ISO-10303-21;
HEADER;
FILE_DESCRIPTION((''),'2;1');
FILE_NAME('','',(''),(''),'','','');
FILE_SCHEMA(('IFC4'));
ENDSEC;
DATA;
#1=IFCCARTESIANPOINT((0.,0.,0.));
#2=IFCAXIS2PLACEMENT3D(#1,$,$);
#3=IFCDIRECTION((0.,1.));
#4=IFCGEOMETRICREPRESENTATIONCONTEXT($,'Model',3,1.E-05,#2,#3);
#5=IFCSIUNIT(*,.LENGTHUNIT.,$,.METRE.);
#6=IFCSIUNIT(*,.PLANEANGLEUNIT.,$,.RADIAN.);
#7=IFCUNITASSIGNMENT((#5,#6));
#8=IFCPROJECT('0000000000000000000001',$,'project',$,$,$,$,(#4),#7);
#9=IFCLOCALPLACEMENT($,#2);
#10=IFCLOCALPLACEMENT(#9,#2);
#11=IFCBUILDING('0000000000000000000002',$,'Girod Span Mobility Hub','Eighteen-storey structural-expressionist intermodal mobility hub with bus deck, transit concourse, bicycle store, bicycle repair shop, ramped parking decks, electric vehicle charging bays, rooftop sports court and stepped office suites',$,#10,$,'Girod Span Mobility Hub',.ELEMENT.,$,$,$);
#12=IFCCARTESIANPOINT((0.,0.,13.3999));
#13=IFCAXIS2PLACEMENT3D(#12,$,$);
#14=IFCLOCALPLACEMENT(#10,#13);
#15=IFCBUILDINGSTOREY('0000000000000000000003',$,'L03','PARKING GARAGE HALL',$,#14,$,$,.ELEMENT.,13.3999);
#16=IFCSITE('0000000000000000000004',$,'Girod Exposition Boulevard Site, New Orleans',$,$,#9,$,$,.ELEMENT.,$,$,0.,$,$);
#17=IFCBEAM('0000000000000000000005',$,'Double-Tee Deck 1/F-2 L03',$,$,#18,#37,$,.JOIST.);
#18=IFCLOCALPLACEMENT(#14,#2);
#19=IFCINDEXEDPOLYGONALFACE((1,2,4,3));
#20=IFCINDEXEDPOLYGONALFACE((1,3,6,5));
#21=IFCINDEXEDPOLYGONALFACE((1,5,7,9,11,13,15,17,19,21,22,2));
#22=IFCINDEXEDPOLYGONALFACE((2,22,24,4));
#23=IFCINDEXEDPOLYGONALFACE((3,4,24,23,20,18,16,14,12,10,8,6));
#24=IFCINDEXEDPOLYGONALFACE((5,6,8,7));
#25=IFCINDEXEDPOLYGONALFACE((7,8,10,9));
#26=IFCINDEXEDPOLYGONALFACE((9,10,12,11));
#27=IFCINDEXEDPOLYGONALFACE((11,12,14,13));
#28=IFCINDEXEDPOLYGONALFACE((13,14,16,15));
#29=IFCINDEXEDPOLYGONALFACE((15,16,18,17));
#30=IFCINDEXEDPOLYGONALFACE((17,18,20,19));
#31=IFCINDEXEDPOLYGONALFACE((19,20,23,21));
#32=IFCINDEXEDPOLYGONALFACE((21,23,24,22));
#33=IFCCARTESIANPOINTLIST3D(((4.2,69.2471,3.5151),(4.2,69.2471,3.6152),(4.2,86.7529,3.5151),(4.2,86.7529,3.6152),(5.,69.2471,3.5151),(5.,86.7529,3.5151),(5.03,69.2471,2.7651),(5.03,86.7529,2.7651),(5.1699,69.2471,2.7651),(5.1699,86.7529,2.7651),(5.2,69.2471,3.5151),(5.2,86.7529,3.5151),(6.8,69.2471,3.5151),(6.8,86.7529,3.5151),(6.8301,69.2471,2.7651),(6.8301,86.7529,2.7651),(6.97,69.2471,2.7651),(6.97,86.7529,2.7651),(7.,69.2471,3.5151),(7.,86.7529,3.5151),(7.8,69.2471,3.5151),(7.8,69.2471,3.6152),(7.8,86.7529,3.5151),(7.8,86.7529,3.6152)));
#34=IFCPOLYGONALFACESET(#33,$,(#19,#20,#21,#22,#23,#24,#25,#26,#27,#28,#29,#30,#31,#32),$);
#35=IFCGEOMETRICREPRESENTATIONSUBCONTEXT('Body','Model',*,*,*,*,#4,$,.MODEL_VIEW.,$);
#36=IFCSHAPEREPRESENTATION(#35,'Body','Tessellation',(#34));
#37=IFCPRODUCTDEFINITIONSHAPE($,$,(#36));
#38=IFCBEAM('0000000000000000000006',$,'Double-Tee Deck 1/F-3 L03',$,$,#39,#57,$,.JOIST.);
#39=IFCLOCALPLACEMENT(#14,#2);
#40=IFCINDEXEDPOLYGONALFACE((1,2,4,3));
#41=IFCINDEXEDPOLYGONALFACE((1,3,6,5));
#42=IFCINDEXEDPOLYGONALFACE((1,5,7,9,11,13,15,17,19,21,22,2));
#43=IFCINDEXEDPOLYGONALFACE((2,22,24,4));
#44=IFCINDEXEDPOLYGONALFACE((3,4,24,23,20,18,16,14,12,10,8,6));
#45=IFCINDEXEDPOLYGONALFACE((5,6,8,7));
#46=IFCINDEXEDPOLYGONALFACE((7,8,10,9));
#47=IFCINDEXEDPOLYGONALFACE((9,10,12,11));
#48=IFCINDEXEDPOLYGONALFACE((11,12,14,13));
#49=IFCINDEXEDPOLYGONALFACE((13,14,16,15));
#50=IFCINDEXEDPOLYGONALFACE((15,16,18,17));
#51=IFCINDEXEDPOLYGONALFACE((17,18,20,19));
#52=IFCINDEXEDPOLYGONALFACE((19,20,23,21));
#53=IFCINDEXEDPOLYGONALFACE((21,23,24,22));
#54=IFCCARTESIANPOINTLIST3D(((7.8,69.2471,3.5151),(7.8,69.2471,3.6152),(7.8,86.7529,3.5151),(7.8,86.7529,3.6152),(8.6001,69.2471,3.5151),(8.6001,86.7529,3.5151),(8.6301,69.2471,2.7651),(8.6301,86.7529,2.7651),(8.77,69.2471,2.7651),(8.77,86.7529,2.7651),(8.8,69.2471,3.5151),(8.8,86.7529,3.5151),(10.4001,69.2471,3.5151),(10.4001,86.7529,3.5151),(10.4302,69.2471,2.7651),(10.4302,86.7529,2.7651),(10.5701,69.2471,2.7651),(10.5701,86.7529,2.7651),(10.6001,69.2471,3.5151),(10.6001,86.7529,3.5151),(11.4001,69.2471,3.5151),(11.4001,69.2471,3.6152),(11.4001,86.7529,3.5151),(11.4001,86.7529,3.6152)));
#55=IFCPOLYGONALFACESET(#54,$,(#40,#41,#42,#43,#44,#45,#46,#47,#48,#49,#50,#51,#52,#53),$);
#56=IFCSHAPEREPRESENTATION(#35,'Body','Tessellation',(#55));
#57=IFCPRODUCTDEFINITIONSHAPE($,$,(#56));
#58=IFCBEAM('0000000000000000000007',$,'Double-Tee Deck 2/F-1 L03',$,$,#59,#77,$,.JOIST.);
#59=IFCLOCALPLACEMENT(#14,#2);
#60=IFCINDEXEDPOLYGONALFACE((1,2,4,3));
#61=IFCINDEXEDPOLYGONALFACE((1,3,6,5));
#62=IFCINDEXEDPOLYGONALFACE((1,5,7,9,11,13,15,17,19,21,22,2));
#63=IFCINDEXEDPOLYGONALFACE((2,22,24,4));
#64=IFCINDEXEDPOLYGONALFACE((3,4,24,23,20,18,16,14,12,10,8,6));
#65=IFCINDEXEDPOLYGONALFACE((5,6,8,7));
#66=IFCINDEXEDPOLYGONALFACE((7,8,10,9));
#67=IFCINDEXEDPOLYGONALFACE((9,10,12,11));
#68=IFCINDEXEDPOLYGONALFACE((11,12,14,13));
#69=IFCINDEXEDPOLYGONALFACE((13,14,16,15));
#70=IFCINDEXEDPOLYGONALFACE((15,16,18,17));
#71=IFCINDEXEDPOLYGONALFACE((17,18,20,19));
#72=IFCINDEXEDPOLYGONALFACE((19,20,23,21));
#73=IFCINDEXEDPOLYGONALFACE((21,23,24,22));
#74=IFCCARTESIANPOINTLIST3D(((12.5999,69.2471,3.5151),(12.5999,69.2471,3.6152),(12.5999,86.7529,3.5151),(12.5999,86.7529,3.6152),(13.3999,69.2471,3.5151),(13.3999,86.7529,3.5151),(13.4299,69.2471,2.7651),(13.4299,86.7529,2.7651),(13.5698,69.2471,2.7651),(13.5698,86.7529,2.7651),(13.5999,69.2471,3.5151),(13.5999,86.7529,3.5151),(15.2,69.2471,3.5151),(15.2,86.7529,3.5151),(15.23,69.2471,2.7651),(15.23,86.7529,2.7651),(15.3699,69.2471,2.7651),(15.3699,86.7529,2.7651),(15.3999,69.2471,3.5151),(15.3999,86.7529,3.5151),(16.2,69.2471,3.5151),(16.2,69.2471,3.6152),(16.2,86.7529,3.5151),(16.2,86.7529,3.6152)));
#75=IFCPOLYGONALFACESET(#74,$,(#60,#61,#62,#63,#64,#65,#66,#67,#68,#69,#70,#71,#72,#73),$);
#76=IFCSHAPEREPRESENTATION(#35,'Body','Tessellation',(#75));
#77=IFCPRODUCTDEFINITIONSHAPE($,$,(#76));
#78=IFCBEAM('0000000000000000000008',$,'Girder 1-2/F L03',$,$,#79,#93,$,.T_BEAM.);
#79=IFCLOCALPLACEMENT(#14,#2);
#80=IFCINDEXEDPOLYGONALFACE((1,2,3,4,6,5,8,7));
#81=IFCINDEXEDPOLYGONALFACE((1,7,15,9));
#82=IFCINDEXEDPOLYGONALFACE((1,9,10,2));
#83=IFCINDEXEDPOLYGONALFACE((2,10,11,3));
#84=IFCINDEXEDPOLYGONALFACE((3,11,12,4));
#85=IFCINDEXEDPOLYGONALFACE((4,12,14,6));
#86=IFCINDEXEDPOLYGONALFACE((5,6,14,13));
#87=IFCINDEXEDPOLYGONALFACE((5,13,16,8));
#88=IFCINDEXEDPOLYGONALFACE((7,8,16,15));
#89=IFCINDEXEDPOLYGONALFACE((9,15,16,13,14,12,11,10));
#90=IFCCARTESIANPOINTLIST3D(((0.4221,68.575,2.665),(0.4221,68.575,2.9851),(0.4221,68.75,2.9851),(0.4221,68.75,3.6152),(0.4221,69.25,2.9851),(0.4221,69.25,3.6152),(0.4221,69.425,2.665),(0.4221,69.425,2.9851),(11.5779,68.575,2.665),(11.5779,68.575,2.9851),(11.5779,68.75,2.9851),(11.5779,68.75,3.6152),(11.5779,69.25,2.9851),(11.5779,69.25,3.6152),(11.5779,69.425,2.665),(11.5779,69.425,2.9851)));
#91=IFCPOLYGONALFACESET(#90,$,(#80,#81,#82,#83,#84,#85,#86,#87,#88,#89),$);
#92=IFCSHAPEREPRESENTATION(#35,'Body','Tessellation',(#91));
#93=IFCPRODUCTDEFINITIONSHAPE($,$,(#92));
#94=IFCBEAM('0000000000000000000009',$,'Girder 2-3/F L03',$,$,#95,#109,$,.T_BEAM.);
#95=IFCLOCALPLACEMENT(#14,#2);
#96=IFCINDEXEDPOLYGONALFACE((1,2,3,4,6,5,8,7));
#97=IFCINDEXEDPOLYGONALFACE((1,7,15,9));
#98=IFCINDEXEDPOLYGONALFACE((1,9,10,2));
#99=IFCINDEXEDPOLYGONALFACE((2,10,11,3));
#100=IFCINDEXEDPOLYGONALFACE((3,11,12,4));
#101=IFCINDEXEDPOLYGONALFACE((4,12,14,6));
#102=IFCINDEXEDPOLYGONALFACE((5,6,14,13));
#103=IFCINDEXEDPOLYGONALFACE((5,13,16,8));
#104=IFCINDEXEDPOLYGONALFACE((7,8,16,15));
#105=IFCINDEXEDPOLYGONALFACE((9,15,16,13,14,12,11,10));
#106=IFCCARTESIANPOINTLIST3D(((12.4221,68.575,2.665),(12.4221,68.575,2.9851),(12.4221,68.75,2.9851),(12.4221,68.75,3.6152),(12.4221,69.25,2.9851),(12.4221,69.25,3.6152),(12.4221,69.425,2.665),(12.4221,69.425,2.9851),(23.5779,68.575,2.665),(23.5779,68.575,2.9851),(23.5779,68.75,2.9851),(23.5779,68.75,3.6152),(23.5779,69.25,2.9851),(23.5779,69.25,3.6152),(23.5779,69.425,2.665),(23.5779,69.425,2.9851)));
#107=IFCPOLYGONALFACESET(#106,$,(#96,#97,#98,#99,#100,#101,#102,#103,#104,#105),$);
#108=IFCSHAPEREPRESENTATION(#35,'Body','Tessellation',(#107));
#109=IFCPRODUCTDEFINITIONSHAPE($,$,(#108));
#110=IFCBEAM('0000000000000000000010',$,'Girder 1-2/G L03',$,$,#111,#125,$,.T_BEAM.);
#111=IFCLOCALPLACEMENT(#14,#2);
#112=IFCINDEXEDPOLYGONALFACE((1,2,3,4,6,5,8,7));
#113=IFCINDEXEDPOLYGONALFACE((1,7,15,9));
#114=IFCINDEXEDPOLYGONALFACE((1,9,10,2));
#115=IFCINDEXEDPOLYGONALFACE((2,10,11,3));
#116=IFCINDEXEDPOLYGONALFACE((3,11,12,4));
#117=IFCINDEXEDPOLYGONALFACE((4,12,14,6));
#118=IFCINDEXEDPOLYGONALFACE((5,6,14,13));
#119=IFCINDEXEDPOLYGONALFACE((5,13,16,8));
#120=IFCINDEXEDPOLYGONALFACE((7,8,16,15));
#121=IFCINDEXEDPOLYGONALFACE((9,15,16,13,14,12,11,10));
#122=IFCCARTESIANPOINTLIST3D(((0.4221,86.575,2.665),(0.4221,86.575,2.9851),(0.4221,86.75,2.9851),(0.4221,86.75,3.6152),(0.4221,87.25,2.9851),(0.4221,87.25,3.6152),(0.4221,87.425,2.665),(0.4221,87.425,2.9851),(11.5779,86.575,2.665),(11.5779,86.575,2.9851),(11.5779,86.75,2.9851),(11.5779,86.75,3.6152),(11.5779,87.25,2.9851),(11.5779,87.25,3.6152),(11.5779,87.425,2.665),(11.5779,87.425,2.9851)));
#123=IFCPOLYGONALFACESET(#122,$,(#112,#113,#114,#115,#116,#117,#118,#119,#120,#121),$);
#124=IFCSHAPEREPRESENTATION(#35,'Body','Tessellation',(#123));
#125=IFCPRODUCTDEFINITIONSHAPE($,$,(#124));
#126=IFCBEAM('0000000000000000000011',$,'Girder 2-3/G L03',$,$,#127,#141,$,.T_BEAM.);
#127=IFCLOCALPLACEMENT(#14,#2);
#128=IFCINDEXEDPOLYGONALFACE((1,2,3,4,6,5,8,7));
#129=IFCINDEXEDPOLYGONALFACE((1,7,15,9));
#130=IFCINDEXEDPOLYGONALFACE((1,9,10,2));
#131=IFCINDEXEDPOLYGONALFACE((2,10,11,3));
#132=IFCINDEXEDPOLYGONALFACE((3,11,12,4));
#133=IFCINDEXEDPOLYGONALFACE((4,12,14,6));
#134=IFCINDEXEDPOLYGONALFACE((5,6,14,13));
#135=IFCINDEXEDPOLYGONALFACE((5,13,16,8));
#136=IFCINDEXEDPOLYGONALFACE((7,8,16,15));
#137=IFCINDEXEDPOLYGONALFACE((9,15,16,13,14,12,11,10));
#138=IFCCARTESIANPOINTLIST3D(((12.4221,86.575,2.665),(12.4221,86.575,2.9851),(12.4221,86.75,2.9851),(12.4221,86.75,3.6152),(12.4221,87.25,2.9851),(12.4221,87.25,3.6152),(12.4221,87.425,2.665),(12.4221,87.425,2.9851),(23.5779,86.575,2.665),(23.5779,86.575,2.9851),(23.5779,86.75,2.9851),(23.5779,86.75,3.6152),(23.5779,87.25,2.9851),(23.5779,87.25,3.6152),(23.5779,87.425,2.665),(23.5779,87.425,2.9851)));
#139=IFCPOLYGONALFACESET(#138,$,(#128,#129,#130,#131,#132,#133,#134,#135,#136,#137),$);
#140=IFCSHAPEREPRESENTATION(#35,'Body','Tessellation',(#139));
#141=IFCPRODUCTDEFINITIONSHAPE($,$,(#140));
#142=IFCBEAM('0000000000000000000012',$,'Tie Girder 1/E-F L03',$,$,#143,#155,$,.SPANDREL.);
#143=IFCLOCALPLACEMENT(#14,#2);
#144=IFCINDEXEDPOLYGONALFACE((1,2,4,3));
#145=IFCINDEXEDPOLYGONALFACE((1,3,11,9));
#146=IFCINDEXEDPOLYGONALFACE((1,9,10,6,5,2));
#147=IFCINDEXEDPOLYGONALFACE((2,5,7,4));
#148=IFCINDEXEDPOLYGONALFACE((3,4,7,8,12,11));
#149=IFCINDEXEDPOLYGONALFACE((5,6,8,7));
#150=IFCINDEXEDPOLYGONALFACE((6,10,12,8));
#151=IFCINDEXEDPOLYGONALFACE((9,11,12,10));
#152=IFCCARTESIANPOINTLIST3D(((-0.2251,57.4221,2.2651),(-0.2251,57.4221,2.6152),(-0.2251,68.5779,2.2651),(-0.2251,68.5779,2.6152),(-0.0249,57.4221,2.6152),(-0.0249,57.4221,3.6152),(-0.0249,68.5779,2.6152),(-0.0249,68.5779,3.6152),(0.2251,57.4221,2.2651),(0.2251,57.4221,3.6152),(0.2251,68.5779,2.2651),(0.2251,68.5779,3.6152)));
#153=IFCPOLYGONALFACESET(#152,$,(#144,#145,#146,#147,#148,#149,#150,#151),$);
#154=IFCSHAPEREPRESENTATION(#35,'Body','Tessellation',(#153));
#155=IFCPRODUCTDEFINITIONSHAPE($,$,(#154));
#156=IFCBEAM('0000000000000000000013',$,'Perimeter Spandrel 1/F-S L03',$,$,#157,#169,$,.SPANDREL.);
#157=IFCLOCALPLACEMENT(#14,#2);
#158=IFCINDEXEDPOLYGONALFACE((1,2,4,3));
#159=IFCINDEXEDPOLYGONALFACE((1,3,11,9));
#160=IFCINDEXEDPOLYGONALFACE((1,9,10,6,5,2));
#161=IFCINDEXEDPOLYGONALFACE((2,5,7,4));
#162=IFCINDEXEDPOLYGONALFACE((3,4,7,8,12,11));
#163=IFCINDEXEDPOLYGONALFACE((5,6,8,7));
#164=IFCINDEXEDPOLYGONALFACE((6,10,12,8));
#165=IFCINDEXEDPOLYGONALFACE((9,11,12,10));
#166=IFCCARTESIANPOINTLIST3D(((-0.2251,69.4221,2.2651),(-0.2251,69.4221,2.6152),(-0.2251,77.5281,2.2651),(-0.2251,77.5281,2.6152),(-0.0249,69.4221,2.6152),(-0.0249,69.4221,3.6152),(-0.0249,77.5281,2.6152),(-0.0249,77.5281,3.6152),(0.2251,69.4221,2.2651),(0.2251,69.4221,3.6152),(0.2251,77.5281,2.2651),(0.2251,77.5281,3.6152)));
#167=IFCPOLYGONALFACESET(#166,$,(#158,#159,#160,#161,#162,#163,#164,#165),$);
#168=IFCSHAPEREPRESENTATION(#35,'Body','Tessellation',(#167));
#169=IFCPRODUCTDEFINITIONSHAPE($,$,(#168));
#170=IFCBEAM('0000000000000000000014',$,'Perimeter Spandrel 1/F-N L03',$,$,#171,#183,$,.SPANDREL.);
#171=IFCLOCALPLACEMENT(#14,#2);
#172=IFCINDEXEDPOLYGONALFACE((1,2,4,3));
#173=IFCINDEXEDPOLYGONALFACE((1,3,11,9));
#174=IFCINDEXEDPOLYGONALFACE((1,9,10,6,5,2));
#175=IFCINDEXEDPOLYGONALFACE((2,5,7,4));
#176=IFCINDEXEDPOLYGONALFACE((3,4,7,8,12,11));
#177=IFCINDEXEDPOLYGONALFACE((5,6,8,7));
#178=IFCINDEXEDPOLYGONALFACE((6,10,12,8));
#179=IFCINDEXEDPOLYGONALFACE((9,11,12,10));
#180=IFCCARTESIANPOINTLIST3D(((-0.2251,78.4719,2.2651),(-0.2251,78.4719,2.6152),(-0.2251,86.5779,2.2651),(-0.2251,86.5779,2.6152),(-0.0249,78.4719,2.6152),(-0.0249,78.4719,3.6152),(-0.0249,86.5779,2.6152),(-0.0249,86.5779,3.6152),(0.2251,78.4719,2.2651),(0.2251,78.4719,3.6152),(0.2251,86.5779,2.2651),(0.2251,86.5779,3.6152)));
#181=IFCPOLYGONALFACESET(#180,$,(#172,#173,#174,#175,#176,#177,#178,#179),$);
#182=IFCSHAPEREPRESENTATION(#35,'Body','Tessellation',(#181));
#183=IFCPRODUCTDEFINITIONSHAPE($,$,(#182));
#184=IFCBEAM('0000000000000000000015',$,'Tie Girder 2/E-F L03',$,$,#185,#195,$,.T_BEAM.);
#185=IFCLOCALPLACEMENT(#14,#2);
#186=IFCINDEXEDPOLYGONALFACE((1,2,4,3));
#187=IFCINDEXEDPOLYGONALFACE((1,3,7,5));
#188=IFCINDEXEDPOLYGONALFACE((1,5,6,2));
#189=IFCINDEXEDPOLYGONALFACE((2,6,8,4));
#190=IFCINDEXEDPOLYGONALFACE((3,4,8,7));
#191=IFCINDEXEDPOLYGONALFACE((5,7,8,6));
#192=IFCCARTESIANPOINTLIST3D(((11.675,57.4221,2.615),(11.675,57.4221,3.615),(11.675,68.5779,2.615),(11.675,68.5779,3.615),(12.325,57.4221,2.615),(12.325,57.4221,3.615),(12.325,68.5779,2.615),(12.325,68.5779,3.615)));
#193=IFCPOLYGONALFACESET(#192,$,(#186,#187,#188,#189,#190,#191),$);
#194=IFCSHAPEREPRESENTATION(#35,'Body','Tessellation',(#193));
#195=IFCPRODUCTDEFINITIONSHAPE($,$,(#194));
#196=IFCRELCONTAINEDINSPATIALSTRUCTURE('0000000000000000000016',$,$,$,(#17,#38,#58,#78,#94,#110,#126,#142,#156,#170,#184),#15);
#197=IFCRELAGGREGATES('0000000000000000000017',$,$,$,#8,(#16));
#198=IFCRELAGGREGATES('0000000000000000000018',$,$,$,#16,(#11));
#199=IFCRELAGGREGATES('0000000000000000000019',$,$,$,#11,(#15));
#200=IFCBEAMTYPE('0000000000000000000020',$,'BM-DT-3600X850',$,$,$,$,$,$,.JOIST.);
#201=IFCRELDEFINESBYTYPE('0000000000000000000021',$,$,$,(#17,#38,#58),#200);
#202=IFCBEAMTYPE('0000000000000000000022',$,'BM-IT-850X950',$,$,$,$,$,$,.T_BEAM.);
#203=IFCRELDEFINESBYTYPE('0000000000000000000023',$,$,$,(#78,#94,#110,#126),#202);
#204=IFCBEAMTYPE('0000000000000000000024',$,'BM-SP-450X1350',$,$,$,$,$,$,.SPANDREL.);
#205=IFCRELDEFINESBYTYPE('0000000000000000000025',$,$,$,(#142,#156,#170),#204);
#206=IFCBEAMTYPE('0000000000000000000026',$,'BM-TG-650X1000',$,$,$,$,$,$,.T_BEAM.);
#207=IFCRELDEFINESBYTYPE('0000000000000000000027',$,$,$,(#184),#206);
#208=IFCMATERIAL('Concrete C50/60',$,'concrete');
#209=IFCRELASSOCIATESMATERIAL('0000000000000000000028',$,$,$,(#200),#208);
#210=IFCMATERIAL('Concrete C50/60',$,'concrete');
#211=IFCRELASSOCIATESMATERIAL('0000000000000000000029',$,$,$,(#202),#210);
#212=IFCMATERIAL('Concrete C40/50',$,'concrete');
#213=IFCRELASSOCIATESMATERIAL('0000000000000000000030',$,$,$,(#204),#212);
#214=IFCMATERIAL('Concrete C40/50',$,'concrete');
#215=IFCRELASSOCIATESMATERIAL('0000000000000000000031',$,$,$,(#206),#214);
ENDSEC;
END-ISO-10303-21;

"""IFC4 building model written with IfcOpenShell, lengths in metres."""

from ifc_helpers import new_model, si_unit, direction, frame, origin, origin_2d, place, context, subcontext, project, spatial, polyline, rectangle, outline, extrude, material, material_profile, profile_set, type_object, element, save


model = new_model("IFC4")

# Units and contexts
model_context = context("Model", 3, precision=1e-05, world=origin(), true_north=direction((0.0, 1.0)))
body_context = subcontext(model_context, "Body", "Model", "MODEL_VIEW")
ifc_project = project(units=[si_unit("LENGTHUNIT", "METRE"), si_unit("PLANEANGLEUNIT", "RADIAN")], contexts=[model_context])

# Site, building, storey
site_placement = place(None, origin())
site = spatial("IfcSite", under=ifc_project, at=site_placement, Name="Girod Exposition Boulevard Site, New Orleans", CompositionType="ELEMENT", RefElevation=0.0)
building_placement = place(site_placement, origin())
building = spatial("IfcBuilding", under=site, at=building_placement, Name="Girod Span Mobility Hub", Description="Eighteen-storey structural-expressionist intermodal mobility hub with bus deck, transit concourse, bicycle store, bicycle repair shop, ramped parking decks, electric vehicle charging bays, rooftop sports court and stepped office suites", LongName="Girod Span Mobility Hub", CompositionType="ELEMENT")
storey_placement = place(building_placement, frame((0.0, 0.0, 13.3999)))
storey = spatial("IfcBuildingStorey", under=building, at=storey_placement, Name="L03", Description="PARKING GARAGE HALL", CompositionType="ELEMENT", Elevation=13.3999)

# Beams
ifc_material_1 = material(Name="Concrete C50/60", Category="concrete")
ifc_material_profile_1 = material_profile(ifc_material_1, outline(polyline([(-1.8, 0.425), (-1.8, 0.325), (-1.0, 0.325), (-0.97, -0.425), (-0.8301, -0.425), (-0.8, 0.325), (0.8, 0.325), (0.8301, -0.425), (0.97, -0.425), (1.0, 0.325), (1.8, 0.325), (1.8, 0.425), (-1.8, 0.425)])), Name="DT-3600X850")
ifc_profile_set_1 = profile_set([ifc_material_profile_1], Name="Concrete C50/60")
beam_type_1 = type_object("IfcBeamType", Name="BM-DT-3600X850", PredefinedType="JOIST", material=ifc_profile_set_1)
for number, where, z_axis, x_axis, name in (
    (1, (6.0, 69.2471, 3.1902), (0.0, 1.0, 0.0), (-1.0, 0.0, 0.0), "Double-Tee Deck 1/F-2 L03"),
    (2, (9.6001, 69.2471, 3.1902), (0.0, 1.0, 0.0), (-1.0, 0.0, 0.0), "Double-Tee Deck 1/F-3 L03"),
    (3, (14.3999, 69.2471, 3.1902), (0.0, 1.0, 0.0), (-1.0, 0.0, 0.0), "Double-Tee Deck 2/F-1 L03"),
):
    element("IfcBeam", number, at=place(storey_placement, frame(where, z_axis=z_axis, x_axis=x_axis)), inside=storey, type_object=beam_type_1, Name=name, PredefinedType="JOIST", context=body_context, shape_type="SweptSolid", body=[
        extrude(outline(polyline([(-1.8, 0.425), (-1.8, 0.325), (-1.0, 0.325), (-0.97, -0.425), (-0.8301, -0.425), (-0.8, 0.325), (0.8, 0.325), (0.8301, -0.425), (0.97, -0.425), (1.0, 0.325), (1.8, 0.325), (1.8, 0.425), (-1.8, 0.425)])), origin(), (0.0, 0.0, 1.0), 17.5059),
    ])
ifc_material_2 = material(Name="Concrete C50/60", Category="concrete")
ifc_material_profile_2 = material_profile(ifc_material_2, outline(polyline([(-0.425, -0.4751), (0.425, -0.4751), (0.425, -0.155), (0.25, -0.155), (0.25, 0.4751), (-0.25, 0.4751), (-0.25, -0.155), (-0.425, -0.155), (-0.425, -0.4751)])), Name="IT-850X950")
ifc_profile_set_2 = profile_set([ifc_material_profile_2], Name="Concrete C50/60")
beam_type_2 = type_object("IfcBeamType", Name="BM-IT-850X950", PredefinedType="T_BEAM", material=ifc_profile_set_2)
for number, where, z_axis, x_axis, name in (
    (4, (0.4221, 69.0, 3.1401), (1.0, 0.0, 0.0), (0.0, 1.0, 0.0), "Girder 1-2/F L03"),
    (5, (12.4221, 69.0, 3.1401), (1.0, 0.0, 0.0), (0.0, 1.0, 0.0), "Girder 2-3/F L03"),
    (6, (0.4221, 87.0, 3.1401), (1.0, 0.0, 0.0), (0.0, 1.0, 0.0), "Girder 1-2/G L03"),
    (7, (12.4221, 87.0, 3.1401), (1.0, 0.0, 0.0), (0.0, 1.0, 0.0), "Girder 2-3/G L03"),
):
    element("IfcBeam", number, at=place(storey_placement, frame(where, z_axis=z_axis, x_axis=x_axis)), inside=storey, type_object=beam_type_2, Name=name, PredefinedType="T_BEAM", context=body_context, shape_type="SweptSolid", body=[
        extrude(outline(polyline([(-0.425, -0.4751), (0.425, -0.4751), (0.425, -0.155), (0.25, -0.155), (0.25, 0.4751), (-0.25, 0.4751), (-0.25, -0.155), (-0.425, -0.155), (-0.425, -0.4751)])), origin(), (0.0, 0.0, 1.0), 11.1558),
    ])
ifc_material_3 = material(Name="Concrete C40/50", Category="concrete")
ifc_material_profile_3 = material_profile(ifc_material_3, outline(polyline([(-0.2251, -0.675), (0.2251, -0.675), (0.2251, -0.325), (0.0249, -0.325), (0.0249, 0.675), (-0.2251, 0.675), (-0.2251, -0.675)])), Name="SP-450X1350")
ifc_profile_set_3 = profile_set([ifc_material_profile_3], Name="Concrete C40/50")
beam_type_3 = type_object("IfcBeamType", Name="BM-SP-450X1350", PredefinedType="SPANDREL", material=ifc_profile_set_3)
beam_1_placement = place(storey_placement, frame((0.0, 57.4221, 2.9402), z_axis=(0.0, 1.0, 0.0), x_axis=(-1.0, 0.0, 0.0)))
element("IfcBeam", 8, at=beam_1_placement, inside=storey, type_object=beam_type_3, Name="Tie Girder 1/E-F L03", PredefinedType="SPANDREL", context=body_context, shape_type="SweptSolid", body=[
    extrude(outline(polyline([(-0.2251, -0.675), (0.2251, -0.675), (0.2251, -0.325), (0.0249, -0.325), (0.0249, 0.675), (-0.2251, 0.675), (-0.2251, -0.675)])), origin(), (0.0, 0.0, 1.0), 11.1558),
])
for number, where, z_axis, x_axis, name in (
    (9, (0.0, 69.4221, 2.9402), (0.0, 1.0, 0.0), (-1.0, 0.0, 0.0), "Perimeter Spandrel 1/F-S L03"),
    (10, (0.0, 78.4719, 2.9402), (0.0, 1.0, 0.0), (-1.0, 0.0, 0.0), "Perimeter Spandrel 1/F-N L03"),
):
    element("IfcBeam", number, at=place(storey_placement, frame(where, z_axis=z_axis, x_axis=x_axis)), inside=storey, type_object=beam_type_3, Name=name, PredefinedType="SPANDREL", context=body_context, shape_type="SweptSolid", body=[
        extrude(outline(polyline([(-0.2251, -0.675), (0.2251, -0.675), (0.2251, -0.325), (0.0249, -0.325), (0.0249, 0.675), (-0.2251, 0.675), (-0.2251, -0.675)])), origin(), (0.0, 0.0, 1.0), 8.106),
    ])
ifc_material_4 = material(Name="Concrete C40/50", Category="concrete")
ifc_material_profile_4 = material_profile(ifc_material_4, rectangle(XDim=0.6499, YDim=1.0, at=origin_2d()), Name="TG-650X1000")
ifc_profile_set_4 = profile_set([ifc_material_profile_4], Name="Concrete C40/50")
beam_type_4 = type_object("IfcBeamType", Name="BM-TG-650X1000", PredefinedType="T_BEAM", material=ifc_profile_set_4)
beam_2_placement = place(storey_placement, frame((12.0, 57.4221, 3.115), z_axis=(0.0, 1.0, 0.0), x_axis=(-1.0, 0.0, 0.0)))
element("IfcBeam", 11, at=beam_2_placement, inside=storey, type_object=beam_type_4, Name="Tie Girder 2/E-F L03", PredefinedType="T_BEAM", context=body_context, shape_type="SweptSolid", body=[
    extrude(rectangle(XDim=0.6499, YDim=1.0, at=origin_2d()), origin(), (0.0, 0.0, 1.0), 11.1558),
])

save(model, "model.ifc")
